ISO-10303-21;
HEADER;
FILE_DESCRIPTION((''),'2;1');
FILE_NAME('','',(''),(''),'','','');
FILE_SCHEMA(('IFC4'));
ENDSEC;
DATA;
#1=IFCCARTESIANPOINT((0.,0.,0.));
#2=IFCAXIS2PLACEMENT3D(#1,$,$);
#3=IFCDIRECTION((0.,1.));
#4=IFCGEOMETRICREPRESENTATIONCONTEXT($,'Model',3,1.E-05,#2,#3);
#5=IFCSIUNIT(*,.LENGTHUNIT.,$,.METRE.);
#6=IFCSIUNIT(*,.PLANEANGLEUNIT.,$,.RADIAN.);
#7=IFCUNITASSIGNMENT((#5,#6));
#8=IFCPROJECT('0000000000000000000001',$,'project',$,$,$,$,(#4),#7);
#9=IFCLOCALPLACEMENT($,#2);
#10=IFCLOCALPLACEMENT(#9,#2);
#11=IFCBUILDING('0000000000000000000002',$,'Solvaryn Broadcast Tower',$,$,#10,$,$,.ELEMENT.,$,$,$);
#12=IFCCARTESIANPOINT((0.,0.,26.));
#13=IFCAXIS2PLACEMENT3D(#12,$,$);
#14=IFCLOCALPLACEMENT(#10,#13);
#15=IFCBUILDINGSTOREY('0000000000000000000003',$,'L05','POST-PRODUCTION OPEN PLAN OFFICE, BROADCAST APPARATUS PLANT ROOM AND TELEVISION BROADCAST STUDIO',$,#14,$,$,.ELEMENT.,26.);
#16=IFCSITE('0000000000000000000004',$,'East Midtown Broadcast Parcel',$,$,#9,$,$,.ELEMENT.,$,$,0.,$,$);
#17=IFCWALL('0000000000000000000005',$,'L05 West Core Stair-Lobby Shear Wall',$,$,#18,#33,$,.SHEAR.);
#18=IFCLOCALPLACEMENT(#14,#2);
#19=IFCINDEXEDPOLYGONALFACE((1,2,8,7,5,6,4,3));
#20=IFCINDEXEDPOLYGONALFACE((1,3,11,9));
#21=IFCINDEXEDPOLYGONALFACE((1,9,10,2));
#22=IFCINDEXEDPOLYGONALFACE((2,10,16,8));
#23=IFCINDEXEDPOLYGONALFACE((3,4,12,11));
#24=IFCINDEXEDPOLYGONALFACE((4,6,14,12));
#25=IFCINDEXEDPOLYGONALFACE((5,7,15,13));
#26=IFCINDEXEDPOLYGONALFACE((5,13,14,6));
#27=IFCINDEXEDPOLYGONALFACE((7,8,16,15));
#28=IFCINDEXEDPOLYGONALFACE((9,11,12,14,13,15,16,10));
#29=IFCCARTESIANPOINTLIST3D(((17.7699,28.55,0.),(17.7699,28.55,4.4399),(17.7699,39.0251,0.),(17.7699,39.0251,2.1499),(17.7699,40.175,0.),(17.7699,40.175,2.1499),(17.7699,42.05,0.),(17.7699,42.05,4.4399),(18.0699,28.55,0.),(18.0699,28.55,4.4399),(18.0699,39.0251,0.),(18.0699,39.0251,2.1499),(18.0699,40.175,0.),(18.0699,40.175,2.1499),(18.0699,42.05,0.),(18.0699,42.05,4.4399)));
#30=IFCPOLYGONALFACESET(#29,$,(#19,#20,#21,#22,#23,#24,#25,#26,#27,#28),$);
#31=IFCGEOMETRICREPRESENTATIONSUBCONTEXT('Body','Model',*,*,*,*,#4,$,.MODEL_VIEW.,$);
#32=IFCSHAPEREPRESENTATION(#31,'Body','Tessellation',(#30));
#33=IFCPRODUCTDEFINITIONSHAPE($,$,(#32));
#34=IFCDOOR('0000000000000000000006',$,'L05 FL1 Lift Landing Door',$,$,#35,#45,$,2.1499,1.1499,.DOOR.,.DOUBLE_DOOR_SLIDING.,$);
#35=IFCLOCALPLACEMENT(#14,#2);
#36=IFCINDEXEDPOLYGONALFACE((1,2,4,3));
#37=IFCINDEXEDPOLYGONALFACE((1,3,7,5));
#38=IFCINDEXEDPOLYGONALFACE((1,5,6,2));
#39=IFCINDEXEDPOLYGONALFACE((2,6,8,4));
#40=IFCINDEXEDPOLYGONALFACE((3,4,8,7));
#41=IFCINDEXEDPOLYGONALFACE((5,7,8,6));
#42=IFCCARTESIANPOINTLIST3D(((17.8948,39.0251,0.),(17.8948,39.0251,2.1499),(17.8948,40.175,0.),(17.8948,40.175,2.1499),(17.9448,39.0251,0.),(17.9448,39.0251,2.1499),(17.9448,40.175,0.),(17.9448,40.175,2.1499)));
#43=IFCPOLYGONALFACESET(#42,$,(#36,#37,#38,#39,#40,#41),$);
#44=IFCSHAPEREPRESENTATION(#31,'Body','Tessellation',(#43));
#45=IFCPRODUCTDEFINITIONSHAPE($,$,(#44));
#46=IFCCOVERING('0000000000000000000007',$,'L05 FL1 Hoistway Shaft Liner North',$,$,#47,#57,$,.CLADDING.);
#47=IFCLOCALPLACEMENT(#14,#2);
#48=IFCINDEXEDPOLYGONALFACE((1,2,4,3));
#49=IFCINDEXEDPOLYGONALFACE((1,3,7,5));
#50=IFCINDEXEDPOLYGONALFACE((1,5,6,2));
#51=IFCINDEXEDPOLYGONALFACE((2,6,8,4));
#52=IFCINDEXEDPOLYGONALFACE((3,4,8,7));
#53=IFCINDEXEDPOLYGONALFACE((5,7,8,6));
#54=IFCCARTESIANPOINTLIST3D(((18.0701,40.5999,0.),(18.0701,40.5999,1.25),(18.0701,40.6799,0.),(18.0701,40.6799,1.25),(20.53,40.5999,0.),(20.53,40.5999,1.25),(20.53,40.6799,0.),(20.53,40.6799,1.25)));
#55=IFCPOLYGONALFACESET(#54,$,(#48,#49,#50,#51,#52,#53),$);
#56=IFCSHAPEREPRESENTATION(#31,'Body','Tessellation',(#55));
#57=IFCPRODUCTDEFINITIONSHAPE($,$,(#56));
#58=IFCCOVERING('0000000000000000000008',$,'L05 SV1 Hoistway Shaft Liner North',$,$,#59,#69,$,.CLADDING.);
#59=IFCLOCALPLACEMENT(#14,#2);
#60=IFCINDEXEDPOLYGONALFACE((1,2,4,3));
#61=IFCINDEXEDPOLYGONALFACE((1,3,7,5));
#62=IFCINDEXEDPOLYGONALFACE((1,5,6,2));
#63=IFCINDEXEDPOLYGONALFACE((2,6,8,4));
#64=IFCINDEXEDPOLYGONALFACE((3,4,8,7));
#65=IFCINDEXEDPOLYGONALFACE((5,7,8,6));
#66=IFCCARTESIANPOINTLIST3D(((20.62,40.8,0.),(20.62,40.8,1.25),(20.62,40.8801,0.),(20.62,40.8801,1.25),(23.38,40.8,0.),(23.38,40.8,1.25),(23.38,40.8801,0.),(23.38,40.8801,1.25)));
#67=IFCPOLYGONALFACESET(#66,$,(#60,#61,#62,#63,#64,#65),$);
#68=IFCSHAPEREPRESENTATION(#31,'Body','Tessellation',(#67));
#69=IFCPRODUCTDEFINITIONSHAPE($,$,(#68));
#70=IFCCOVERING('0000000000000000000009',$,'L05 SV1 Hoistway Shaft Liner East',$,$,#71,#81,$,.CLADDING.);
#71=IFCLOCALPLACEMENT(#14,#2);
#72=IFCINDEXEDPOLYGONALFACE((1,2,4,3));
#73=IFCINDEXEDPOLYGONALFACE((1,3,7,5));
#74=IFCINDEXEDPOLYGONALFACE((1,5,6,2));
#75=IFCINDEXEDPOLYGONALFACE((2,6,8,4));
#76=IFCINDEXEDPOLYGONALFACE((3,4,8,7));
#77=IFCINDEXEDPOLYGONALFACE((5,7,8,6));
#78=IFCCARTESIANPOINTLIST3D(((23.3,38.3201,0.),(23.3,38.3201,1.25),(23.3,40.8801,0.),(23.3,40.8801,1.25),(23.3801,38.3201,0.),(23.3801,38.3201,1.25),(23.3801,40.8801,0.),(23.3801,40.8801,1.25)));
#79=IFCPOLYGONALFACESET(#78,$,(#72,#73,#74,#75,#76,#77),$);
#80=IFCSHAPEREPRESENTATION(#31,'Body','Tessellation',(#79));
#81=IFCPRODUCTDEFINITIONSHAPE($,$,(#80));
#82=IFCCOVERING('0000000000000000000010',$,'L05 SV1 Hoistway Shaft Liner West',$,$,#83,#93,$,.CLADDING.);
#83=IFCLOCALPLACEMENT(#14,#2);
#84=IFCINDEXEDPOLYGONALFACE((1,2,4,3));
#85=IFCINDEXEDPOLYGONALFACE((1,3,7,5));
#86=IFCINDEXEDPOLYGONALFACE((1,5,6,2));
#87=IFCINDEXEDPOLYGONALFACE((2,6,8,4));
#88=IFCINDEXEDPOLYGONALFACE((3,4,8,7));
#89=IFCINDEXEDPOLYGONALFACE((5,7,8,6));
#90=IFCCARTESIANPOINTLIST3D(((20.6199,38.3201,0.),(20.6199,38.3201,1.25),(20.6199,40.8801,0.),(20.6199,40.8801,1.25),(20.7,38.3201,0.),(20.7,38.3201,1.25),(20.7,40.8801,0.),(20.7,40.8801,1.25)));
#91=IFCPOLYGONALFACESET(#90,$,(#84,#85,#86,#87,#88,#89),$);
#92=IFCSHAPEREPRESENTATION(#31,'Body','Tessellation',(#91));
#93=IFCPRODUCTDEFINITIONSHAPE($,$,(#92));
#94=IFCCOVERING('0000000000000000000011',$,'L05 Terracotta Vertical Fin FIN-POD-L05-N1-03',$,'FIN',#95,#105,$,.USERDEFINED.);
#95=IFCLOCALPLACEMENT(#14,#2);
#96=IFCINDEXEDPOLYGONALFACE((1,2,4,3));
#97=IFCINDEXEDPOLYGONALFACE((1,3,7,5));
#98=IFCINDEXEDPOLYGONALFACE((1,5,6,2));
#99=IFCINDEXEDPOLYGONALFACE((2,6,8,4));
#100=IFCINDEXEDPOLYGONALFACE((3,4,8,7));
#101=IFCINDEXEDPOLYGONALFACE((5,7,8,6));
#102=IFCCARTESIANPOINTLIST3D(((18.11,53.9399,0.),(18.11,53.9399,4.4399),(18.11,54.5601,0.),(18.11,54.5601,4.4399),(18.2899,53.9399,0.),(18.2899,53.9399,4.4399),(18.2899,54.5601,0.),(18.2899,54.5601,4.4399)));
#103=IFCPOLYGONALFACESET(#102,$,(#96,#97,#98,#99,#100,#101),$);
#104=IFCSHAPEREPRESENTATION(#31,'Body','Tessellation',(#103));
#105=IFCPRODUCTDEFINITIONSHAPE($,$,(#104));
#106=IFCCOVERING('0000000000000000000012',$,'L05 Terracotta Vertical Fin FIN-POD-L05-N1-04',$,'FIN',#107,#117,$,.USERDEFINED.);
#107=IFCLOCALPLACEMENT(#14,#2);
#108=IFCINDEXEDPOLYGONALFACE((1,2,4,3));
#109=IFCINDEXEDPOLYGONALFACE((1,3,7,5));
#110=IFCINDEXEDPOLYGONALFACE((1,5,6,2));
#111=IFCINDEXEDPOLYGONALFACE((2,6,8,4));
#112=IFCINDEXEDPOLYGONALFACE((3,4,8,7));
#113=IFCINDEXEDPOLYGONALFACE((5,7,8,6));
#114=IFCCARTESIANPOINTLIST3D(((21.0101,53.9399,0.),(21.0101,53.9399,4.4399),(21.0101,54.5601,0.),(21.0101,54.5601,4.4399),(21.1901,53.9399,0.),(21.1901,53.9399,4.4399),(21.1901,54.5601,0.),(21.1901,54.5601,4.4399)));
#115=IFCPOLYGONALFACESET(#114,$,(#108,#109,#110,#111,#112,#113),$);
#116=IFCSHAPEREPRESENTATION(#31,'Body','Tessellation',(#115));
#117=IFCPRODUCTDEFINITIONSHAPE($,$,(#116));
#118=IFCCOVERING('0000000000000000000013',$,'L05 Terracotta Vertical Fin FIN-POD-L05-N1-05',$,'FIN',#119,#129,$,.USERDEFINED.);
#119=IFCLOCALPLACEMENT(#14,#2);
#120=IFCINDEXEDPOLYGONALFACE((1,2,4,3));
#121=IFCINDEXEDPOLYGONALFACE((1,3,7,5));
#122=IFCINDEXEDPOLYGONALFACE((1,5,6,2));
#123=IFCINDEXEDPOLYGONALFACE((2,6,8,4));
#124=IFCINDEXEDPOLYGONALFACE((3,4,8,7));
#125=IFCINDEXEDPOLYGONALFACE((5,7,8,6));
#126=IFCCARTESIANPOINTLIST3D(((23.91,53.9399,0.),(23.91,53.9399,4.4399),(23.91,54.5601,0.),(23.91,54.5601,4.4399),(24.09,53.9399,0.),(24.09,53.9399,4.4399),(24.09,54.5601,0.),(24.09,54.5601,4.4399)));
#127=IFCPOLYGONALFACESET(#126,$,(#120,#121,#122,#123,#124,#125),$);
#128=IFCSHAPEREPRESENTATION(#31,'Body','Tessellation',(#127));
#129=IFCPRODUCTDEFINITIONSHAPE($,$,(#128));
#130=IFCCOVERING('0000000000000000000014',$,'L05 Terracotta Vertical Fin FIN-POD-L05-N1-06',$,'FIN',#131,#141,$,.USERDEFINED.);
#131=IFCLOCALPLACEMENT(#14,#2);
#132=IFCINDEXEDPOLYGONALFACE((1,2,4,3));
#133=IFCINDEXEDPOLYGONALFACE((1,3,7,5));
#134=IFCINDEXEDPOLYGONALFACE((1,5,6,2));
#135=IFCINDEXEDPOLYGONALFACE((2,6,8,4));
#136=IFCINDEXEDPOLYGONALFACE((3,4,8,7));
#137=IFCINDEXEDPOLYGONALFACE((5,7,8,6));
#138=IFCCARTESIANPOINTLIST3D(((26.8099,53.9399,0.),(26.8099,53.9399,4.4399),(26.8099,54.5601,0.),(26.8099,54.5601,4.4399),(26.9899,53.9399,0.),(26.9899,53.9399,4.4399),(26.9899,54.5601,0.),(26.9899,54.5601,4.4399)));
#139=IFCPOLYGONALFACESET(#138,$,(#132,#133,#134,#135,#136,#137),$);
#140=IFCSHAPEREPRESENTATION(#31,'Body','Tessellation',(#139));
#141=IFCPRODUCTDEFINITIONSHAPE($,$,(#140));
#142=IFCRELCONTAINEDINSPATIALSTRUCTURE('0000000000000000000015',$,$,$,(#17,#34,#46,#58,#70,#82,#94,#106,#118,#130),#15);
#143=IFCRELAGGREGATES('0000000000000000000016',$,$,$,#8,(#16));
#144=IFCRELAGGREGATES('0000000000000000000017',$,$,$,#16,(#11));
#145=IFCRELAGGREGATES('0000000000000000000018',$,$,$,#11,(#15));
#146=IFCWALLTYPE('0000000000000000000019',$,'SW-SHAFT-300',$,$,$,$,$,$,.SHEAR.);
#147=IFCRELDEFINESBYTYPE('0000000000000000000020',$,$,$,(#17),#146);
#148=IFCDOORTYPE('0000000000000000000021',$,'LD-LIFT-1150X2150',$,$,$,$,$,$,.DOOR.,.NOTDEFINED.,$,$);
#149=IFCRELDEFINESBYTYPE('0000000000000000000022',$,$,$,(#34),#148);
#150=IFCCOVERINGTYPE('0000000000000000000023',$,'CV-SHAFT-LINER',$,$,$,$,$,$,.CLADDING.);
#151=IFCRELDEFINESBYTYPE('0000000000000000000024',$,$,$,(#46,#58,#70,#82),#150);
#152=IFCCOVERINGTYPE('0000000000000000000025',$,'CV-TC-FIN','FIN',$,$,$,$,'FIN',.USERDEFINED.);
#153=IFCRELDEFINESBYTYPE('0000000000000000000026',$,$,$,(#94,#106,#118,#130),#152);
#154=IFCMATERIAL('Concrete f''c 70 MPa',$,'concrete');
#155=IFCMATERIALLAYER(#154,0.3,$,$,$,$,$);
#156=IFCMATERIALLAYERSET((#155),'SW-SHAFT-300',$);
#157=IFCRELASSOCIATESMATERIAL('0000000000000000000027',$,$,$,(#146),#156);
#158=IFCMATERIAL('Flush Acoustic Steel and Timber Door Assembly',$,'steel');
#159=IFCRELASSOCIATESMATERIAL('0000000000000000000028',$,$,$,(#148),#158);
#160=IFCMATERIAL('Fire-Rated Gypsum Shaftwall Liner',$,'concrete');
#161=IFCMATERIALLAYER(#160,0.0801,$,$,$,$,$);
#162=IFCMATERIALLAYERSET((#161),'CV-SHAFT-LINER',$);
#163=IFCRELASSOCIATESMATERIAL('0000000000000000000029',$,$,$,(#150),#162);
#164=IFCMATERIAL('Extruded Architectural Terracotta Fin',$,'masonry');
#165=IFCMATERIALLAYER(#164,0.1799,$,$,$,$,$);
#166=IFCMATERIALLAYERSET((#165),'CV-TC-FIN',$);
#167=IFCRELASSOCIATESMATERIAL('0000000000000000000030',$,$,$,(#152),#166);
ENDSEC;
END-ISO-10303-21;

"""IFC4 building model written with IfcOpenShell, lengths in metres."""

from ifc_helpers import new_model, si_unit, direction, frame, frame_2d, origin, origin_2d, place, context, subcontext, project, spatial, rectangle, extrude, material, layer, layer_set, type_object, element, fill, save


model = new_model("IFC4")

# Units and contexts
model_context = context("Model", 3, precision=1e-05, world=origin(), true_north=direction((0.0, 1.0)))
body_context = subcontext(model_context, "Body", "Model", "MODEL_VIEW")
ifc_project = project(units=[si_unit("LENGTHUNIT", "METRE"), si_unit("PLANEANGLEUNIT", "RADIAN")], contexts=[model_context])

# Site, building, storey
site_placement = place(None, origin())
site = spatial("IfcSite", under=ifc_project, at=site_placement, Name="East Midtown Broadcast Parcel", CompositionType="ELEMENT", RefElevation=0.0)
building_placement = place(site_placement, origin())
building = spatial("IfcBuilding", under=site, at=building_placement, Name="Solvaryn Broadcast Tower", CompositionType="ELEMENT")
storey_placement = place(building_placement, frame((0.0, 0.0, 26.0)))
storey = spatial("IfcBuildingStorey", under=building, at=storey_placement, Name="L05", Description="POST-PRODUCTION OPEN PLAN OFFICE, BROADCAST APPARATUS PLANT ROOM AND TELEVISION BROADCAST STUDIO", CompositionType="ELEMENT", Elevation=26.0)

# Wall, opening, door
ifc_material_1 = material(Name="Concrete f'c 70 MPa", Category="concrete")
ifc_layer_1 = layer(ifc_material_1, 0.3)
ifc_layer_set_1 = layer_set([ifc_layer_1], Name="SW-SHAFT-300")
wall_type_1 = type_object("IfcWallType", Name="SW-SHAFT-300", PredefinedType="SHEAR", material=ifc_layer_set_1)
wall_1_placement = place(storey_placement, frame((17.9199, 42.05, 0.0), z_axis=(0.0, 0.0, 1.0), x_axis=(0.0, -1.0, 0.0)))
wall_1 = element("IfcWall", 1, at=wall_1_placement, inside=storey, type_object=wall_type_1, Name="L05 West Core Stair-Lobby Shear Wall", PredefinedType="SHEAR", context=body_context, shape_type="SweptSolid", body=[
    extrude(rectangle(XDim=13.5, YDim=0.3, at=frame_2d((6.75, 0.0))), origin(), (0.0, 0.0, 1.0), 4.4399),
])
opening_1_placement = place(wall_1_placement, frame((1.875, 0.0, 0.0)))
opening_1 = element("IfcOpeningElement", 2, at=opening_1_placement, cuts=wall_1, PredefinedType="OPENING", context=body_context, shape_type="SweptSolid", body=[
    extrude(rectangle(XDim=1.1499, YDim=2.1499, at=frame_2d((0.575, 1.075))), frame((0.0, 0.1599, 0.0), z_axis=(0.0, -1.0, 0.0), x_axis=(1.0, 0.0, 0.0)), (0.0, 0.0, 1.0), 0.3201),
])
ifc_material_2 = material(Name="Flush Acoustic Steel and Timber Door Assembly", Category="steel")
door_type_1 = type_object("IfcDoorType", Name="LD-LIFT-1150X2150", OperationType="NOTDEFINED", PredefinedType="DOOR", material=ifc_material_2)
door_1_placement = place(opening_1_placement, origin())
door_1 = element("IfcDoor", 3, at=door_1_placement, inside=storey, type_object=door_type_1, Name="L05 FL1 Lift Landing Door", OperationType="DOUBLE_DOOR_SLIDING", OverallHeight=2.1499, OverallWidth=1.1499, PredefinedType="DOOR", context=body_context, shape_type="SweptSolid", body=[
    extrude(rectangle(XDim=1.1499, YDim=2.1499, at=frame_2d((0.575, 1.075))), frame((0.0, 0.0249, 0.0), z_axis=(0.0, -1.0, 0.0), x_axis=(1.0, 0.0, 0.0)), (0.0, 0.0, 1.0), 0.05),
])
fill(opening_1, door_1)

# Coverings
ifc_material_3 = material(Name="Fire-Rated Gypsum Shaftwall Liner", Category="concrete")
ifc_layer_2 = layer(ifc_material_3, 0.0801)
ifc_layer_set_2 = layer_set([ifc_layer_2], Name="CV-SHAFT-LINER")
covering_type_1 = type_object("IfcCoveringType", Name="CV-SHAFT-LINER", PredefinedType="CLADDING", material=ifc_layer_set_2)
covering_1_placement = place(storey_placement, frame((19.3, 40.6399, 0.0), z_axis=(0.0, 0.0, 1.0), x_axis=(1.0, 0.0, 0.0)))
element("IfcCovering", 4, at=covering_1_placement, inside=storey, type_object=covering_type_1, Name="L05 FL1 Hoistway Shaft Liner North", PredefinedType="CLADDING", context=body_context, shape_type="SweptSolid", body=[
    extrude(rectangle(XDim=2.46, YDim=0.0801, at=origin_2d()), origin(), (0.0, 0.0, 1.0), 1.25),
])
covering_2_placement = place(storey_placement, frame((22.0, 40.8401, 0.0), z_axis=(0.0, 0.0, 1.0), x_axis=(1.0, 0.0, 0.0)))
element("IfcCovering", 5, at=covering_2_placement, inside=storey, type_object=covering_type_1, Name="L05 SV1 Hoistway Shaft Liner North", PredefinedType="CLADDING", context=body_context, shape_type="SweptSolid", body=[
    extrude(rectangle(XDim=2.76, YDim=0.0801, at=origin_2d()), origin(), (0.0, 0.0, 1.0), 1.25),
])
for number, where, z_axis, x_axis, name in (
    (6, (23.3401, 39.6001, 0.0), (0.0, 0.0, 1.0), (1.0, 0.0, 0.0), "L05 SV1 Hoistway Shaft Liner East"),
    (7, (20.6599, 39.6001, 0.0), (0.0, 0.0, 1.0), (1.0, 0.0, 0.0), "L05 SV1 Hoistway Shaft Liner West"),
):
    element("IfcCovering", number, at=place(storey_placement, frame(where, z_axis=z_axis, x_axis=x_axis)), inside=storey, type_object=covering_type_1, Name=name, PredefinedType="CLADDING", context=body_context, shape_type="SweptSolid", body=[
        extrude(rectangle(XDim=0.0801, YDim=2.5601, at=origin_2d()), origin(), (0.0, 0.0, 1.0), 1.25),
    ])
ifc_material_4 = material(Name="Extruded Architectural Terracotta Fin", Category="masonry")
ifc_layer_3 = layer(ifc_material_4, 0.1799)
ifc_layer_set_3 = layer_set([ifc_layer_3], Name="CV-TC-FIN")
covering_type_2 = type_object("IfcCoveringType", Name="CV-TC-FIN", Description="FIN", ElementType="FIN", PredefinedType="USERDEFINED", material=ifc_layer_set_3)
for number, where, z_axis, x_axis, name in (
    (8, (18.2, 54.25, 0.0), (0.0, 0.0, 1.0), (1.0, 0.0, 0.0), "L05 Terracotta Vertical Fin FIN-POD-L05-N1-03"),
    (9, (21.1001, 54.25, 0.0), (0.0, 0.0, 1.0), (1.0, 0.0, 0.0), "L05 Terracotta Vertical Fin FIN-POD-L05-N1-04"),
    (10, (24.0, 54.25, 0.0), (0.0, 0.0, 1.0), (1.0, 0.0, 0.0), "L05 Terracotta Vertical Fin FIN-POD-L05-N1-05"),
    (11, (26.8999, 54.25, 0.0), (0.0, 0.0, 1.0), (1.0, 0.0, 0.0), "L05 Terracotta Vertical Fin FIN-POD-L05-N1-06"),
):
    element("IfcCovering", number, at=place(storey_placement, frame(where, z_axis=z_axis, x_axis=x_axis)), inside=storey, type_object=covering_type_2, Name=name, ObjectType="FIN", PredefinedType="USERDEFINED", context=body_context, shape_type="SweptSolid", body=[
        extrude(rectangle(XDim=0.1799, YDim=0.6201, at=origin_2d()), origin(), (0.0, 0.0, 1.0), 4.4399),
    ])

save(model, "model.ifc")
